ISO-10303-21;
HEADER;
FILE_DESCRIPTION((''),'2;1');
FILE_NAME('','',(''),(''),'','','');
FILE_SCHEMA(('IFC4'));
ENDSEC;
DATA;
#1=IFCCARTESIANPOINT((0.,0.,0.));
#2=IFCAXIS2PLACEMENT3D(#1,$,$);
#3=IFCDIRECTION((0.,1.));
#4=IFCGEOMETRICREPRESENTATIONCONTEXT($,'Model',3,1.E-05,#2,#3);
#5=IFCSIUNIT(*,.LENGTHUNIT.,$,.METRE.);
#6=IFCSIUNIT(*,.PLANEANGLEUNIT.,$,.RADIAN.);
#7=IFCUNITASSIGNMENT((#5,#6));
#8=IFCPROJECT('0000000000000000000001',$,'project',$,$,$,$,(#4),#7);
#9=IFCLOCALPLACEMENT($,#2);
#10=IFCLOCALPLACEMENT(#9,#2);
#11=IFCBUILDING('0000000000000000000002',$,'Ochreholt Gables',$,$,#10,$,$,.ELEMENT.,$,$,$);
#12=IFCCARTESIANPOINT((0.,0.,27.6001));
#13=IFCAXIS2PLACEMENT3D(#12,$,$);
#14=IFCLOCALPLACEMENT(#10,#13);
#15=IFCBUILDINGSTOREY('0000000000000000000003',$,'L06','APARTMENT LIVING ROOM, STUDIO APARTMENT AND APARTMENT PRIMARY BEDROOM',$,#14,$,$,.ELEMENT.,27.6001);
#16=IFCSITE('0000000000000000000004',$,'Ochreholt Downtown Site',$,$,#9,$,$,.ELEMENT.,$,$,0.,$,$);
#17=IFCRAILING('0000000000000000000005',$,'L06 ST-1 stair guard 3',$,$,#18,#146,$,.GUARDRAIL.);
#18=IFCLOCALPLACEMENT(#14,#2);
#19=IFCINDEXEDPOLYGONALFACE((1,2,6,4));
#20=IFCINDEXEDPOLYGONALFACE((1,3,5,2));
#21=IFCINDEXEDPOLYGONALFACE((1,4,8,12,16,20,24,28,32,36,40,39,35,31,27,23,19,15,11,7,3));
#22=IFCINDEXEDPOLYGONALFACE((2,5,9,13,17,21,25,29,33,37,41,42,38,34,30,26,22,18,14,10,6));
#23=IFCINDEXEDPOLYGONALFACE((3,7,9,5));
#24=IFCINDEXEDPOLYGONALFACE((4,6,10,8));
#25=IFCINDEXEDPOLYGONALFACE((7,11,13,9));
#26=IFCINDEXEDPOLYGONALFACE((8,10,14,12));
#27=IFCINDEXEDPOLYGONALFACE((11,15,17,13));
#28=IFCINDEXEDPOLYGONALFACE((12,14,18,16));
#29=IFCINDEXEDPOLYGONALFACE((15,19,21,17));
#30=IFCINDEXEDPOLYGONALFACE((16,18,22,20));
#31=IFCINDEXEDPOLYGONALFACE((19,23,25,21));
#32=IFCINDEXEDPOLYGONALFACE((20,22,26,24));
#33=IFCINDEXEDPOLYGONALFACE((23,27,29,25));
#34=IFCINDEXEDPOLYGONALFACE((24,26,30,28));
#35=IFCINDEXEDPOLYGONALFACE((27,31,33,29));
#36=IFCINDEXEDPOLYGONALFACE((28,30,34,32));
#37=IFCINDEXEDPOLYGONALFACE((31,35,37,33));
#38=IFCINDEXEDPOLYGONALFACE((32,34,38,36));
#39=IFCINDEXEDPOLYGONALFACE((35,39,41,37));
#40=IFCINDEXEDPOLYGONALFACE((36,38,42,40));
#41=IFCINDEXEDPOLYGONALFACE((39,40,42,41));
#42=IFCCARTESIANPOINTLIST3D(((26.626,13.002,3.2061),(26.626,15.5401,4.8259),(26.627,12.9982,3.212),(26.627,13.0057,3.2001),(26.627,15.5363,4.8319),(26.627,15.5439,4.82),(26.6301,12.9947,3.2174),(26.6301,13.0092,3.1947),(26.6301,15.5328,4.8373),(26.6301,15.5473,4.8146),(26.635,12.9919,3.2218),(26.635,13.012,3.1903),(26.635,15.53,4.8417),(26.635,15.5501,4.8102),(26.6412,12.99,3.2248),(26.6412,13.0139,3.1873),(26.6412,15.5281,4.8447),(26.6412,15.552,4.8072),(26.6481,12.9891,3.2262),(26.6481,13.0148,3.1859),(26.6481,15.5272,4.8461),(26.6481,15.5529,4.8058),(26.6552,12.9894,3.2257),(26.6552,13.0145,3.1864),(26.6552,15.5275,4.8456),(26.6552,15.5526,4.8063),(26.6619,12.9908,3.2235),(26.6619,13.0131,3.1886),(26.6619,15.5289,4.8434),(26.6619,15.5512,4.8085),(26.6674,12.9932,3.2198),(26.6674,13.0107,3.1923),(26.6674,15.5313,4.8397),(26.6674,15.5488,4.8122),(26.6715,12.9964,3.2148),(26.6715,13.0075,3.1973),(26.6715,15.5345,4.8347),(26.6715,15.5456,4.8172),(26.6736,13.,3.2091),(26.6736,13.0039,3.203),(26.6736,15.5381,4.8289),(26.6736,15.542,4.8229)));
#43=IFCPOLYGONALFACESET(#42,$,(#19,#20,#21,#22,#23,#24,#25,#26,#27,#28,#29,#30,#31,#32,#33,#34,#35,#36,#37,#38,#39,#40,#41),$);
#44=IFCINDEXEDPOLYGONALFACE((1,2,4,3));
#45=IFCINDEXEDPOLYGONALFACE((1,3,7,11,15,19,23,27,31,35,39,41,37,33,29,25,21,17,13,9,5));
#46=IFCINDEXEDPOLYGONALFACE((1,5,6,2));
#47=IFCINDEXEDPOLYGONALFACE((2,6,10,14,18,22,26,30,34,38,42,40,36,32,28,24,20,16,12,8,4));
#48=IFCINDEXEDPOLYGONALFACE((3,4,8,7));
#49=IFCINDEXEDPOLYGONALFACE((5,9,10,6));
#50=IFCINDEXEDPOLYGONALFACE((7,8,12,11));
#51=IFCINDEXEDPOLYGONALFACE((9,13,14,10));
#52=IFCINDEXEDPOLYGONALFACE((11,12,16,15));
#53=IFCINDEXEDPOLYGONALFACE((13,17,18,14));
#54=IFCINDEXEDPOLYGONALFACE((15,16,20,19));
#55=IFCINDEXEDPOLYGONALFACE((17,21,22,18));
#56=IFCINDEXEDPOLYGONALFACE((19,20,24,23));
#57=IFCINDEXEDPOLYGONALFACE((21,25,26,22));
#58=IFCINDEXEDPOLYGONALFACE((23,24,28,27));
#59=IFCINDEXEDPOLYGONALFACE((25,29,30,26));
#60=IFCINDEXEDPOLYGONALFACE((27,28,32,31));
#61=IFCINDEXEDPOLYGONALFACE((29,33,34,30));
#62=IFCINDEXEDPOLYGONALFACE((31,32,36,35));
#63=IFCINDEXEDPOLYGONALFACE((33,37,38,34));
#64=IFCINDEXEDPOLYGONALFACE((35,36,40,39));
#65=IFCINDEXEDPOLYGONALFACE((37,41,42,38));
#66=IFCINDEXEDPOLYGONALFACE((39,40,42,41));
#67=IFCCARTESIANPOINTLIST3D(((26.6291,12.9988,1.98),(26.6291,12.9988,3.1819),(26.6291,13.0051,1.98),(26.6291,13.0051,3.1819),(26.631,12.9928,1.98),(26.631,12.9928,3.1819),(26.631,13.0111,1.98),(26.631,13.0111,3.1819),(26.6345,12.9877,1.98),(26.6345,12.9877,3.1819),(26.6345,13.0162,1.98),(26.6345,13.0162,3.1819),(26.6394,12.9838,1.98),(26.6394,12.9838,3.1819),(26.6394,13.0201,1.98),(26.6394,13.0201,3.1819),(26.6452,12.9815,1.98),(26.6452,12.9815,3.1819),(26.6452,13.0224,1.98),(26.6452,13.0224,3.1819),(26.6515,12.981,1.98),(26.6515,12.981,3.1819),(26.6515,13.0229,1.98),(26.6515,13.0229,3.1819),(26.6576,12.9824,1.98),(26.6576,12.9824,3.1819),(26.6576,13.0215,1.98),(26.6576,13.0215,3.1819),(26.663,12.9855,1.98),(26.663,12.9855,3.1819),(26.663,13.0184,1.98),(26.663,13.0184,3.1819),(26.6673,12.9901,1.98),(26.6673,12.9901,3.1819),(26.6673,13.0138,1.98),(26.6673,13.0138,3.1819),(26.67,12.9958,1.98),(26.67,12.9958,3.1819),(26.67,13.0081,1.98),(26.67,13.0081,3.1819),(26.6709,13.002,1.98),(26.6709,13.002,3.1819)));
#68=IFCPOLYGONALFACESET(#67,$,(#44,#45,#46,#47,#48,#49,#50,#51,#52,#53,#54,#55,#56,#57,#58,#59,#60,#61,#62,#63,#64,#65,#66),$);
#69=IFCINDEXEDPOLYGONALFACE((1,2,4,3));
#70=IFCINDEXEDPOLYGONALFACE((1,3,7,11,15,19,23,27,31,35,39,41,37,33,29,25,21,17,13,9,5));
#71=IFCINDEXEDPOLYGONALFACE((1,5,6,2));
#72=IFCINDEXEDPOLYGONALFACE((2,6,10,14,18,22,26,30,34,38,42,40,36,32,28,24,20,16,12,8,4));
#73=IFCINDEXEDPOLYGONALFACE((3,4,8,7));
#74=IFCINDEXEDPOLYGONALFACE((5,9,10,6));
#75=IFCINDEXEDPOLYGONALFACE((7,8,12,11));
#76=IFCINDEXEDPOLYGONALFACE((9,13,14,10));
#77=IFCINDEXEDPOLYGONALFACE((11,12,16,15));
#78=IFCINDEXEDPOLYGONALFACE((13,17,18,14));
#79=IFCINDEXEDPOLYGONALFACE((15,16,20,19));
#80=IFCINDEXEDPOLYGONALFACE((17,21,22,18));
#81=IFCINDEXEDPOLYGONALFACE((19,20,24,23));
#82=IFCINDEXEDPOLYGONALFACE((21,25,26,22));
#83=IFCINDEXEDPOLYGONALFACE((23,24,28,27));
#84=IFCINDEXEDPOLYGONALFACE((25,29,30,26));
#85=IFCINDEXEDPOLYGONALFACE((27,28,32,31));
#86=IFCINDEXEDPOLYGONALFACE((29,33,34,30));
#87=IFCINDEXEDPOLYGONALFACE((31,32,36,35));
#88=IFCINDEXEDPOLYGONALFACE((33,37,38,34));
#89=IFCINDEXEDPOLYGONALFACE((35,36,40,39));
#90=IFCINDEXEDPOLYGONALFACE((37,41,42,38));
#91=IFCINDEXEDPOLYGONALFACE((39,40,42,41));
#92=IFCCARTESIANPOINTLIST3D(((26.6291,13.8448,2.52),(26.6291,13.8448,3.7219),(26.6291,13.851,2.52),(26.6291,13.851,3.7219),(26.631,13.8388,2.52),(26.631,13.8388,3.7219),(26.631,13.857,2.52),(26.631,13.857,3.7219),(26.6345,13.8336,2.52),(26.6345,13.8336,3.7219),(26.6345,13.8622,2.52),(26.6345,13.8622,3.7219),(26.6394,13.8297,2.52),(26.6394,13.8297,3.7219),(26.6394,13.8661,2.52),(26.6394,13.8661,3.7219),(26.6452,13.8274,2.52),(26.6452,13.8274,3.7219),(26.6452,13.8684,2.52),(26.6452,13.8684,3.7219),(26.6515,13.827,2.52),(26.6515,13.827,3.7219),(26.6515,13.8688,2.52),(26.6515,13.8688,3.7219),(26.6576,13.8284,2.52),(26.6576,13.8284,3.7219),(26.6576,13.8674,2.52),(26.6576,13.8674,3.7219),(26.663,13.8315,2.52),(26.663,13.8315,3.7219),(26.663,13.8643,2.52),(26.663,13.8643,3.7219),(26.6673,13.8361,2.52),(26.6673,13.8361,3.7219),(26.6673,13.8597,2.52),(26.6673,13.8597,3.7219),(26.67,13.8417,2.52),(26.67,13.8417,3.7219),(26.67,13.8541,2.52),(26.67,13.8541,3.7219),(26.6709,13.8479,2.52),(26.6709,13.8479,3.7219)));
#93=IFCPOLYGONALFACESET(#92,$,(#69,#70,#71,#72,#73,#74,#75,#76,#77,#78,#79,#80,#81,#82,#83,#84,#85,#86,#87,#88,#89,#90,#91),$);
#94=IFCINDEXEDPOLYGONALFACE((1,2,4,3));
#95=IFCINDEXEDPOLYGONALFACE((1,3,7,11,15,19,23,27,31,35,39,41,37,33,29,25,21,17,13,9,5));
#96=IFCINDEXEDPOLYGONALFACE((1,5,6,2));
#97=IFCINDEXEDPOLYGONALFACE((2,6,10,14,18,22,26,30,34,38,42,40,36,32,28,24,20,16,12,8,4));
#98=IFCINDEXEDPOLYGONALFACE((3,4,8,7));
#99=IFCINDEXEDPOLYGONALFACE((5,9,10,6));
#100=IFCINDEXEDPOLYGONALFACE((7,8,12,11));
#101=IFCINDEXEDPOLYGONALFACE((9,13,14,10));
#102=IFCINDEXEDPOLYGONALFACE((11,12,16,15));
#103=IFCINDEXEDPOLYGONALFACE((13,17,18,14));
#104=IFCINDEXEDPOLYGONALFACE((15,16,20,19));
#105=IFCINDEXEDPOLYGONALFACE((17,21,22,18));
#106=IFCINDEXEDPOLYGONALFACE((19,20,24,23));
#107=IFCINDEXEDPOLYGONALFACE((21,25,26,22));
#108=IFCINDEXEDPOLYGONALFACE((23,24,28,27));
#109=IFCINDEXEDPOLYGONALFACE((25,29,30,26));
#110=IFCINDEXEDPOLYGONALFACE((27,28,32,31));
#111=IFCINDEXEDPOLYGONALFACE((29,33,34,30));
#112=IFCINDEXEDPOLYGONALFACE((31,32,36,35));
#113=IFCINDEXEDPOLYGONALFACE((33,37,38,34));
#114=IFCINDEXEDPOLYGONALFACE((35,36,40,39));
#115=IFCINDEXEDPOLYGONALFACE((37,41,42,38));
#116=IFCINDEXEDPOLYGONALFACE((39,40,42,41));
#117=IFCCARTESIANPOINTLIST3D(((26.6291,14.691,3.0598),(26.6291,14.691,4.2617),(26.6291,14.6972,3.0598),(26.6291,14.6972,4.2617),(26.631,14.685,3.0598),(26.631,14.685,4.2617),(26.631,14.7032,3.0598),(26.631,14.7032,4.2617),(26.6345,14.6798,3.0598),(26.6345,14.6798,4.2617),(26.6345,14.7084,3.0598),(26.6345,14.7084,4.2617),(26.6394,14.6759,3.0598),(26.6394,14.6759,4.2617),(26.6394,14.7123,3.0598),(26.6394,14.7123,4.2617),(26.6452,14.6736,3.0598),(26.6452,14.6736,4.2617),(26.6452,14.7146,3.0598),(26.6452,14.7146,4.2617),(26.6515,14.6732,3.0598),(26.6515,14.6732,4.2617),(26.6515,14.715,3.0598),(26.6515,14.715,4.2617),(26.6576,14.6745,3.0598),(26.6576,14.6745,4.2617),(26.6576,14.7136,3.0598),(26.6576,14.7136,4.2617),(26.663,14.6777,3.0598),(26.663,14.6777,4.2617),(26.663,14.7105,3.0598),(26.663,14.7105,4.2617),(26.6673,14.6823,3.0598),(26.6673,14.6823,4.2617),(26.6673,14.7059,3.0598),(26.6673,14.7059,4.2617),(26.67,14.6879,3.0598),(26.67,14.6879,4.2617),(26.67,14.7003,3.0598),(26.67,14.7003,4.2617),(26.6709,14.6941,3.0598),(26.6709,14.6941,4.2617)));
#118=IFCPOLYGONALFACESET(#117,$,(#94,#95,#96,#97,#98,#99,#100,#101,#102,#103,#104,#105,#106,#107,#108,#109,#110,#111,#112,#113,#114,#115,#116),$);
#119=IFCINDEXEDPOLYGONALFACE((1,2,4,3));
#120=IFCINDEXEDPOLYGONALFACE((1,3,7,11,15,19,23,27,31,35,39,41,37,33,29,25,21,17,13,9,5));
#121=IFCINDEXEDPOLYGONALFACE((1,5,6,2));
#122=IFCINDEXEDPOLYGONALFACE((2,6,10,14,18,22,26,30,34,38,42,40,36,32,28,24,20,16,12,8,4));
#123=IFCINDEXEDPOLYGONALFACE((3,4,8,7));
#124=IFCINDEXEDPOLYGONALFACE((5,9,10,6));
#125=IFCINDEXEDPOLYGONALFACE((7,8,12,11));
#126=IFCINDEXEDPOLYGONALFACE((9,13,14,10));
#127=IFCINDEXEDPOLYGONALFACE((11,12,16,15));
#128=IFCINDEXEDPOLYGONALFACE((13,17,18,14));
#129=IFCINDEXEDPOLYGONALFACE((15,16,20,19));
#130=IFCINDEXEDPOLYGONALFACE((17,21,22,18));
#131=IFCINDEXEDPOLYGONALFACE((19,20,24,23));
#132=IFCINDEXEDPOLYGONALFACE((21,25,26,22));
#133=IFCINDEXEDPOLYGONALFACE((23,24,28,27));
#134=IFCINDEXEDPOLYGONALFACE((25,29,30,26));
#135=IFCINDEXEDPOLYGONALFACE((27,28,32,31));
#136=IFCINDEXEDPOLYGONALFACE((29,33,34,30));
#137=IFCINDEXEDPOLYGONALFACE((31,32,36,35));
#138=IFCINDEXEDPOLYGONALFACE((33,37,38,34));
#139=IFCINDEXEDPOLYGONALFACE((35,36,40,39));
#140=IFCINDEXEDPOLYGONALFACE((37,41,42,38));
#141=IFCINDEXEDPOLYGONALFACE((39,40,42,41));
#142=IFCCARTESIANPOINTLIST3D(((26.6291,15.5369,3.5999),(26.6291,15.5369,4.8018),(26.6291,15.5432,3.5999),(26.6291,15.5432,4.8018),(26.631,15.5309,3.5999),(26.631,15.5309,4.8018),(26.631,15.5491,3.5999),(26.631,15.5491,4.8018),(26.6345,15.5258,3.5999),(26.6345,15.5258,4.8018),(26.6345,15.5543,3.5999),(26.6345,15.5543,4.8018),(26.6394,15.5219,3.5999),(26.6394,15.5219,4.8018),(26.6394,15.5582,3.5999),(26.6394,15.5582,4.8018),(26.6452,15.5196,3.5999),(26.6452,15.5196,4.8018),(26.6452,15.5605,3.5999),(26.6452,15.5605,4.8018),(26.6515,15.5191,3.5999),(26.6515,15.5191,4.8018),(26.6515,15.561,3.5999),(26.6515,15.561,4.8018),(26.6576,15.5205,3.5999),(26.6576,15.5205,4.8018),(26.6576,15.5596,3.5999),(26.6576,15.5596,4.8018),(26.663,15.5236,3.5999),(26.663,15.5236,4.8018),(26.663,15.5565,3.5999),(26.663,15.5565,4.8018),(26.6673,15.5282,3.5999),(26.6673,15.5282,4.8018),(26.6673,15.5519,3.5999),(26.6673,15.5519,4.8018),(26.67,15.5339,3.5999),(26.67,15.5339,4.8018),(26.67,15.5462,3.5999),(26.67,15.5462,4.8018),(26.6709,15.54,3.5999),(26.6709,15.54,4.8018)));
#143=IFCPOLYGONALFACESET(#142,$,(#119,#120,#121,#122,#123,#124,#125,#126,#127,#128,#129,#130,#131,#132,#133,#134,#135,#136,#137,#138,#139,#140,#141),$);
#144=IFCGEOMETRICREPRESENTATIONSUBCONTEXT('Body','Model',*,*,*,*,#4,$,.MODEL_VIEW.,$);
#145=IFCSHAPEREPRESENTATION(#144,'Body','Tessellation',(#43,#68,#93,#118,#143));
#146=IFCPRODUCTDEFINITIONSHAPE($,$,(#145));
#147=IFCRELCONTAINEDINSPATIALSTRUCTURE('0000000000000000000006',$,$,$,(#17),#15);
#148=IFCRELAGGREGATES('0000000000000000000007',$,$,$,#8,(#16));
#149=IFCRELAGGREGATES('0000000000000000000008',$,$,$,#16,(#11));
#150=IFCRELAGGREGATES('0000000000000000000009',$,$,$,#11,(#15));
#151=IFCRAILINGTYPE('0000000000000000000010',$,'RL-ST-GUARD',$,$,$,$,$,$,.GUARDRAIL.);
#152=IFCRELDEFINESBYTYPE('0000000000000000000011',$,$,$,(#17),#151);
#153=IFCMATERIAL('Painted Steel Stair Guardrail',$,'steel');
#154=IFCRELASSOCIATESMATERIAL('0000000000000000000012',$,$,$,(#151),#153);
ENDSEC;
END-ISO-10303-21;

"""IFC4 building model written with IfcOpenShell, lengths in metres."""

from ifc_helpers import new_model, si_unit, direction, frame, origin, origin_2d, place, context, subcontext, project, spatial, circle, extrude, material, type_object, element, save


model = new_model("IFC4")

# Units and contexts
model_context = context("Model", 3, precision=1e-05, world=origin(), true_north=direction((0.0, 1.0)))
body_context = subcontext(model_context, "Body", "Model", "MODEL_VIEW")
ifc_project = project(units=[si_unit("LENGTHUNIT", "METRE"), si_unit("PLANEANGLEUNIT", "RADIAN")], contexts=[model_context])

# Site, building, storey
site_placement = place(None, origin())
site = spatial("IfcSite", under=ifc_project, at=site_placement, Name="Ochreholt Downtown Site", CompositionType="ELEMENT", RefElevation=0.0)
building_placement = place(site_placement, origin())
building = spatial("IfcBuilding", under=site, at=building_placement, Name="Ochreholt Gables", CompositionType="ELEMENT")
storey_placement = place(building_placement, frame((0.0, 0.0, 27.6001)))
storey = spatial("IfcBuildingStorey", under=building, at=storey_placement, Name="L06", Description="APARTMENT LIVING ROOM, STUDIO APARTMENT AND APARTMENT PRIMARY BEDROOM", CompositionType="ELEMENT", Elevation=27.6001)

# Railing
ifc_material_1 = material(Name="Painted Steel Stair Guardrail", Category="steel")
railing_type = type_object("IfcRailingType", Name="RL-ST-GUARD", PredefinedType="GUARDRAIL", material=ifc_material_1)
railing_1_placement = place(storey_placement, frame((26.6499, 13.002, 1.98)))
element("IfcRailing", 1, at=railing_1_placement, inside=storey, type_object=railing_type, Name="L06 ST-1 stair guard 3", PredefinedType="GUARDRAIL", context=body_context, shape_type="SweptSolid", body=[
    extrude(circle(Radius=0.0239, at=origin_2d()), frame((0.0, 0.0, 1.2261), z_axis=(0.0, 0.84295, 0.537993), x_axis=(-1.0, 0.0, 0.0)), (0.0, 0.0, 1.0), 3.011),
    extrude(circle(Radius=0.021, at=origin_2d()), origin(), (0.0, 0.0, 1.0), 1.2019),
    extrude(circle(Radius=0.021, at=origin_2d()), frame((0.0, 0.8459, 0.54)), (0.0, 0.0, 1.0), 1.2019),
    extrude(circle(Radius=0.021, at=origin_2d()), frame((0.0, 1.6921, 1.0798)), (0.0, 0.0, 1.0), 1.2019),
    extrude(circle(Radius=0.021, at=origin_2d()), frame((0.0, 2.5381, 1.6199)), (0.0, 0.0, 1.0), 1.2019),
])

save(model, "model.ifc")
